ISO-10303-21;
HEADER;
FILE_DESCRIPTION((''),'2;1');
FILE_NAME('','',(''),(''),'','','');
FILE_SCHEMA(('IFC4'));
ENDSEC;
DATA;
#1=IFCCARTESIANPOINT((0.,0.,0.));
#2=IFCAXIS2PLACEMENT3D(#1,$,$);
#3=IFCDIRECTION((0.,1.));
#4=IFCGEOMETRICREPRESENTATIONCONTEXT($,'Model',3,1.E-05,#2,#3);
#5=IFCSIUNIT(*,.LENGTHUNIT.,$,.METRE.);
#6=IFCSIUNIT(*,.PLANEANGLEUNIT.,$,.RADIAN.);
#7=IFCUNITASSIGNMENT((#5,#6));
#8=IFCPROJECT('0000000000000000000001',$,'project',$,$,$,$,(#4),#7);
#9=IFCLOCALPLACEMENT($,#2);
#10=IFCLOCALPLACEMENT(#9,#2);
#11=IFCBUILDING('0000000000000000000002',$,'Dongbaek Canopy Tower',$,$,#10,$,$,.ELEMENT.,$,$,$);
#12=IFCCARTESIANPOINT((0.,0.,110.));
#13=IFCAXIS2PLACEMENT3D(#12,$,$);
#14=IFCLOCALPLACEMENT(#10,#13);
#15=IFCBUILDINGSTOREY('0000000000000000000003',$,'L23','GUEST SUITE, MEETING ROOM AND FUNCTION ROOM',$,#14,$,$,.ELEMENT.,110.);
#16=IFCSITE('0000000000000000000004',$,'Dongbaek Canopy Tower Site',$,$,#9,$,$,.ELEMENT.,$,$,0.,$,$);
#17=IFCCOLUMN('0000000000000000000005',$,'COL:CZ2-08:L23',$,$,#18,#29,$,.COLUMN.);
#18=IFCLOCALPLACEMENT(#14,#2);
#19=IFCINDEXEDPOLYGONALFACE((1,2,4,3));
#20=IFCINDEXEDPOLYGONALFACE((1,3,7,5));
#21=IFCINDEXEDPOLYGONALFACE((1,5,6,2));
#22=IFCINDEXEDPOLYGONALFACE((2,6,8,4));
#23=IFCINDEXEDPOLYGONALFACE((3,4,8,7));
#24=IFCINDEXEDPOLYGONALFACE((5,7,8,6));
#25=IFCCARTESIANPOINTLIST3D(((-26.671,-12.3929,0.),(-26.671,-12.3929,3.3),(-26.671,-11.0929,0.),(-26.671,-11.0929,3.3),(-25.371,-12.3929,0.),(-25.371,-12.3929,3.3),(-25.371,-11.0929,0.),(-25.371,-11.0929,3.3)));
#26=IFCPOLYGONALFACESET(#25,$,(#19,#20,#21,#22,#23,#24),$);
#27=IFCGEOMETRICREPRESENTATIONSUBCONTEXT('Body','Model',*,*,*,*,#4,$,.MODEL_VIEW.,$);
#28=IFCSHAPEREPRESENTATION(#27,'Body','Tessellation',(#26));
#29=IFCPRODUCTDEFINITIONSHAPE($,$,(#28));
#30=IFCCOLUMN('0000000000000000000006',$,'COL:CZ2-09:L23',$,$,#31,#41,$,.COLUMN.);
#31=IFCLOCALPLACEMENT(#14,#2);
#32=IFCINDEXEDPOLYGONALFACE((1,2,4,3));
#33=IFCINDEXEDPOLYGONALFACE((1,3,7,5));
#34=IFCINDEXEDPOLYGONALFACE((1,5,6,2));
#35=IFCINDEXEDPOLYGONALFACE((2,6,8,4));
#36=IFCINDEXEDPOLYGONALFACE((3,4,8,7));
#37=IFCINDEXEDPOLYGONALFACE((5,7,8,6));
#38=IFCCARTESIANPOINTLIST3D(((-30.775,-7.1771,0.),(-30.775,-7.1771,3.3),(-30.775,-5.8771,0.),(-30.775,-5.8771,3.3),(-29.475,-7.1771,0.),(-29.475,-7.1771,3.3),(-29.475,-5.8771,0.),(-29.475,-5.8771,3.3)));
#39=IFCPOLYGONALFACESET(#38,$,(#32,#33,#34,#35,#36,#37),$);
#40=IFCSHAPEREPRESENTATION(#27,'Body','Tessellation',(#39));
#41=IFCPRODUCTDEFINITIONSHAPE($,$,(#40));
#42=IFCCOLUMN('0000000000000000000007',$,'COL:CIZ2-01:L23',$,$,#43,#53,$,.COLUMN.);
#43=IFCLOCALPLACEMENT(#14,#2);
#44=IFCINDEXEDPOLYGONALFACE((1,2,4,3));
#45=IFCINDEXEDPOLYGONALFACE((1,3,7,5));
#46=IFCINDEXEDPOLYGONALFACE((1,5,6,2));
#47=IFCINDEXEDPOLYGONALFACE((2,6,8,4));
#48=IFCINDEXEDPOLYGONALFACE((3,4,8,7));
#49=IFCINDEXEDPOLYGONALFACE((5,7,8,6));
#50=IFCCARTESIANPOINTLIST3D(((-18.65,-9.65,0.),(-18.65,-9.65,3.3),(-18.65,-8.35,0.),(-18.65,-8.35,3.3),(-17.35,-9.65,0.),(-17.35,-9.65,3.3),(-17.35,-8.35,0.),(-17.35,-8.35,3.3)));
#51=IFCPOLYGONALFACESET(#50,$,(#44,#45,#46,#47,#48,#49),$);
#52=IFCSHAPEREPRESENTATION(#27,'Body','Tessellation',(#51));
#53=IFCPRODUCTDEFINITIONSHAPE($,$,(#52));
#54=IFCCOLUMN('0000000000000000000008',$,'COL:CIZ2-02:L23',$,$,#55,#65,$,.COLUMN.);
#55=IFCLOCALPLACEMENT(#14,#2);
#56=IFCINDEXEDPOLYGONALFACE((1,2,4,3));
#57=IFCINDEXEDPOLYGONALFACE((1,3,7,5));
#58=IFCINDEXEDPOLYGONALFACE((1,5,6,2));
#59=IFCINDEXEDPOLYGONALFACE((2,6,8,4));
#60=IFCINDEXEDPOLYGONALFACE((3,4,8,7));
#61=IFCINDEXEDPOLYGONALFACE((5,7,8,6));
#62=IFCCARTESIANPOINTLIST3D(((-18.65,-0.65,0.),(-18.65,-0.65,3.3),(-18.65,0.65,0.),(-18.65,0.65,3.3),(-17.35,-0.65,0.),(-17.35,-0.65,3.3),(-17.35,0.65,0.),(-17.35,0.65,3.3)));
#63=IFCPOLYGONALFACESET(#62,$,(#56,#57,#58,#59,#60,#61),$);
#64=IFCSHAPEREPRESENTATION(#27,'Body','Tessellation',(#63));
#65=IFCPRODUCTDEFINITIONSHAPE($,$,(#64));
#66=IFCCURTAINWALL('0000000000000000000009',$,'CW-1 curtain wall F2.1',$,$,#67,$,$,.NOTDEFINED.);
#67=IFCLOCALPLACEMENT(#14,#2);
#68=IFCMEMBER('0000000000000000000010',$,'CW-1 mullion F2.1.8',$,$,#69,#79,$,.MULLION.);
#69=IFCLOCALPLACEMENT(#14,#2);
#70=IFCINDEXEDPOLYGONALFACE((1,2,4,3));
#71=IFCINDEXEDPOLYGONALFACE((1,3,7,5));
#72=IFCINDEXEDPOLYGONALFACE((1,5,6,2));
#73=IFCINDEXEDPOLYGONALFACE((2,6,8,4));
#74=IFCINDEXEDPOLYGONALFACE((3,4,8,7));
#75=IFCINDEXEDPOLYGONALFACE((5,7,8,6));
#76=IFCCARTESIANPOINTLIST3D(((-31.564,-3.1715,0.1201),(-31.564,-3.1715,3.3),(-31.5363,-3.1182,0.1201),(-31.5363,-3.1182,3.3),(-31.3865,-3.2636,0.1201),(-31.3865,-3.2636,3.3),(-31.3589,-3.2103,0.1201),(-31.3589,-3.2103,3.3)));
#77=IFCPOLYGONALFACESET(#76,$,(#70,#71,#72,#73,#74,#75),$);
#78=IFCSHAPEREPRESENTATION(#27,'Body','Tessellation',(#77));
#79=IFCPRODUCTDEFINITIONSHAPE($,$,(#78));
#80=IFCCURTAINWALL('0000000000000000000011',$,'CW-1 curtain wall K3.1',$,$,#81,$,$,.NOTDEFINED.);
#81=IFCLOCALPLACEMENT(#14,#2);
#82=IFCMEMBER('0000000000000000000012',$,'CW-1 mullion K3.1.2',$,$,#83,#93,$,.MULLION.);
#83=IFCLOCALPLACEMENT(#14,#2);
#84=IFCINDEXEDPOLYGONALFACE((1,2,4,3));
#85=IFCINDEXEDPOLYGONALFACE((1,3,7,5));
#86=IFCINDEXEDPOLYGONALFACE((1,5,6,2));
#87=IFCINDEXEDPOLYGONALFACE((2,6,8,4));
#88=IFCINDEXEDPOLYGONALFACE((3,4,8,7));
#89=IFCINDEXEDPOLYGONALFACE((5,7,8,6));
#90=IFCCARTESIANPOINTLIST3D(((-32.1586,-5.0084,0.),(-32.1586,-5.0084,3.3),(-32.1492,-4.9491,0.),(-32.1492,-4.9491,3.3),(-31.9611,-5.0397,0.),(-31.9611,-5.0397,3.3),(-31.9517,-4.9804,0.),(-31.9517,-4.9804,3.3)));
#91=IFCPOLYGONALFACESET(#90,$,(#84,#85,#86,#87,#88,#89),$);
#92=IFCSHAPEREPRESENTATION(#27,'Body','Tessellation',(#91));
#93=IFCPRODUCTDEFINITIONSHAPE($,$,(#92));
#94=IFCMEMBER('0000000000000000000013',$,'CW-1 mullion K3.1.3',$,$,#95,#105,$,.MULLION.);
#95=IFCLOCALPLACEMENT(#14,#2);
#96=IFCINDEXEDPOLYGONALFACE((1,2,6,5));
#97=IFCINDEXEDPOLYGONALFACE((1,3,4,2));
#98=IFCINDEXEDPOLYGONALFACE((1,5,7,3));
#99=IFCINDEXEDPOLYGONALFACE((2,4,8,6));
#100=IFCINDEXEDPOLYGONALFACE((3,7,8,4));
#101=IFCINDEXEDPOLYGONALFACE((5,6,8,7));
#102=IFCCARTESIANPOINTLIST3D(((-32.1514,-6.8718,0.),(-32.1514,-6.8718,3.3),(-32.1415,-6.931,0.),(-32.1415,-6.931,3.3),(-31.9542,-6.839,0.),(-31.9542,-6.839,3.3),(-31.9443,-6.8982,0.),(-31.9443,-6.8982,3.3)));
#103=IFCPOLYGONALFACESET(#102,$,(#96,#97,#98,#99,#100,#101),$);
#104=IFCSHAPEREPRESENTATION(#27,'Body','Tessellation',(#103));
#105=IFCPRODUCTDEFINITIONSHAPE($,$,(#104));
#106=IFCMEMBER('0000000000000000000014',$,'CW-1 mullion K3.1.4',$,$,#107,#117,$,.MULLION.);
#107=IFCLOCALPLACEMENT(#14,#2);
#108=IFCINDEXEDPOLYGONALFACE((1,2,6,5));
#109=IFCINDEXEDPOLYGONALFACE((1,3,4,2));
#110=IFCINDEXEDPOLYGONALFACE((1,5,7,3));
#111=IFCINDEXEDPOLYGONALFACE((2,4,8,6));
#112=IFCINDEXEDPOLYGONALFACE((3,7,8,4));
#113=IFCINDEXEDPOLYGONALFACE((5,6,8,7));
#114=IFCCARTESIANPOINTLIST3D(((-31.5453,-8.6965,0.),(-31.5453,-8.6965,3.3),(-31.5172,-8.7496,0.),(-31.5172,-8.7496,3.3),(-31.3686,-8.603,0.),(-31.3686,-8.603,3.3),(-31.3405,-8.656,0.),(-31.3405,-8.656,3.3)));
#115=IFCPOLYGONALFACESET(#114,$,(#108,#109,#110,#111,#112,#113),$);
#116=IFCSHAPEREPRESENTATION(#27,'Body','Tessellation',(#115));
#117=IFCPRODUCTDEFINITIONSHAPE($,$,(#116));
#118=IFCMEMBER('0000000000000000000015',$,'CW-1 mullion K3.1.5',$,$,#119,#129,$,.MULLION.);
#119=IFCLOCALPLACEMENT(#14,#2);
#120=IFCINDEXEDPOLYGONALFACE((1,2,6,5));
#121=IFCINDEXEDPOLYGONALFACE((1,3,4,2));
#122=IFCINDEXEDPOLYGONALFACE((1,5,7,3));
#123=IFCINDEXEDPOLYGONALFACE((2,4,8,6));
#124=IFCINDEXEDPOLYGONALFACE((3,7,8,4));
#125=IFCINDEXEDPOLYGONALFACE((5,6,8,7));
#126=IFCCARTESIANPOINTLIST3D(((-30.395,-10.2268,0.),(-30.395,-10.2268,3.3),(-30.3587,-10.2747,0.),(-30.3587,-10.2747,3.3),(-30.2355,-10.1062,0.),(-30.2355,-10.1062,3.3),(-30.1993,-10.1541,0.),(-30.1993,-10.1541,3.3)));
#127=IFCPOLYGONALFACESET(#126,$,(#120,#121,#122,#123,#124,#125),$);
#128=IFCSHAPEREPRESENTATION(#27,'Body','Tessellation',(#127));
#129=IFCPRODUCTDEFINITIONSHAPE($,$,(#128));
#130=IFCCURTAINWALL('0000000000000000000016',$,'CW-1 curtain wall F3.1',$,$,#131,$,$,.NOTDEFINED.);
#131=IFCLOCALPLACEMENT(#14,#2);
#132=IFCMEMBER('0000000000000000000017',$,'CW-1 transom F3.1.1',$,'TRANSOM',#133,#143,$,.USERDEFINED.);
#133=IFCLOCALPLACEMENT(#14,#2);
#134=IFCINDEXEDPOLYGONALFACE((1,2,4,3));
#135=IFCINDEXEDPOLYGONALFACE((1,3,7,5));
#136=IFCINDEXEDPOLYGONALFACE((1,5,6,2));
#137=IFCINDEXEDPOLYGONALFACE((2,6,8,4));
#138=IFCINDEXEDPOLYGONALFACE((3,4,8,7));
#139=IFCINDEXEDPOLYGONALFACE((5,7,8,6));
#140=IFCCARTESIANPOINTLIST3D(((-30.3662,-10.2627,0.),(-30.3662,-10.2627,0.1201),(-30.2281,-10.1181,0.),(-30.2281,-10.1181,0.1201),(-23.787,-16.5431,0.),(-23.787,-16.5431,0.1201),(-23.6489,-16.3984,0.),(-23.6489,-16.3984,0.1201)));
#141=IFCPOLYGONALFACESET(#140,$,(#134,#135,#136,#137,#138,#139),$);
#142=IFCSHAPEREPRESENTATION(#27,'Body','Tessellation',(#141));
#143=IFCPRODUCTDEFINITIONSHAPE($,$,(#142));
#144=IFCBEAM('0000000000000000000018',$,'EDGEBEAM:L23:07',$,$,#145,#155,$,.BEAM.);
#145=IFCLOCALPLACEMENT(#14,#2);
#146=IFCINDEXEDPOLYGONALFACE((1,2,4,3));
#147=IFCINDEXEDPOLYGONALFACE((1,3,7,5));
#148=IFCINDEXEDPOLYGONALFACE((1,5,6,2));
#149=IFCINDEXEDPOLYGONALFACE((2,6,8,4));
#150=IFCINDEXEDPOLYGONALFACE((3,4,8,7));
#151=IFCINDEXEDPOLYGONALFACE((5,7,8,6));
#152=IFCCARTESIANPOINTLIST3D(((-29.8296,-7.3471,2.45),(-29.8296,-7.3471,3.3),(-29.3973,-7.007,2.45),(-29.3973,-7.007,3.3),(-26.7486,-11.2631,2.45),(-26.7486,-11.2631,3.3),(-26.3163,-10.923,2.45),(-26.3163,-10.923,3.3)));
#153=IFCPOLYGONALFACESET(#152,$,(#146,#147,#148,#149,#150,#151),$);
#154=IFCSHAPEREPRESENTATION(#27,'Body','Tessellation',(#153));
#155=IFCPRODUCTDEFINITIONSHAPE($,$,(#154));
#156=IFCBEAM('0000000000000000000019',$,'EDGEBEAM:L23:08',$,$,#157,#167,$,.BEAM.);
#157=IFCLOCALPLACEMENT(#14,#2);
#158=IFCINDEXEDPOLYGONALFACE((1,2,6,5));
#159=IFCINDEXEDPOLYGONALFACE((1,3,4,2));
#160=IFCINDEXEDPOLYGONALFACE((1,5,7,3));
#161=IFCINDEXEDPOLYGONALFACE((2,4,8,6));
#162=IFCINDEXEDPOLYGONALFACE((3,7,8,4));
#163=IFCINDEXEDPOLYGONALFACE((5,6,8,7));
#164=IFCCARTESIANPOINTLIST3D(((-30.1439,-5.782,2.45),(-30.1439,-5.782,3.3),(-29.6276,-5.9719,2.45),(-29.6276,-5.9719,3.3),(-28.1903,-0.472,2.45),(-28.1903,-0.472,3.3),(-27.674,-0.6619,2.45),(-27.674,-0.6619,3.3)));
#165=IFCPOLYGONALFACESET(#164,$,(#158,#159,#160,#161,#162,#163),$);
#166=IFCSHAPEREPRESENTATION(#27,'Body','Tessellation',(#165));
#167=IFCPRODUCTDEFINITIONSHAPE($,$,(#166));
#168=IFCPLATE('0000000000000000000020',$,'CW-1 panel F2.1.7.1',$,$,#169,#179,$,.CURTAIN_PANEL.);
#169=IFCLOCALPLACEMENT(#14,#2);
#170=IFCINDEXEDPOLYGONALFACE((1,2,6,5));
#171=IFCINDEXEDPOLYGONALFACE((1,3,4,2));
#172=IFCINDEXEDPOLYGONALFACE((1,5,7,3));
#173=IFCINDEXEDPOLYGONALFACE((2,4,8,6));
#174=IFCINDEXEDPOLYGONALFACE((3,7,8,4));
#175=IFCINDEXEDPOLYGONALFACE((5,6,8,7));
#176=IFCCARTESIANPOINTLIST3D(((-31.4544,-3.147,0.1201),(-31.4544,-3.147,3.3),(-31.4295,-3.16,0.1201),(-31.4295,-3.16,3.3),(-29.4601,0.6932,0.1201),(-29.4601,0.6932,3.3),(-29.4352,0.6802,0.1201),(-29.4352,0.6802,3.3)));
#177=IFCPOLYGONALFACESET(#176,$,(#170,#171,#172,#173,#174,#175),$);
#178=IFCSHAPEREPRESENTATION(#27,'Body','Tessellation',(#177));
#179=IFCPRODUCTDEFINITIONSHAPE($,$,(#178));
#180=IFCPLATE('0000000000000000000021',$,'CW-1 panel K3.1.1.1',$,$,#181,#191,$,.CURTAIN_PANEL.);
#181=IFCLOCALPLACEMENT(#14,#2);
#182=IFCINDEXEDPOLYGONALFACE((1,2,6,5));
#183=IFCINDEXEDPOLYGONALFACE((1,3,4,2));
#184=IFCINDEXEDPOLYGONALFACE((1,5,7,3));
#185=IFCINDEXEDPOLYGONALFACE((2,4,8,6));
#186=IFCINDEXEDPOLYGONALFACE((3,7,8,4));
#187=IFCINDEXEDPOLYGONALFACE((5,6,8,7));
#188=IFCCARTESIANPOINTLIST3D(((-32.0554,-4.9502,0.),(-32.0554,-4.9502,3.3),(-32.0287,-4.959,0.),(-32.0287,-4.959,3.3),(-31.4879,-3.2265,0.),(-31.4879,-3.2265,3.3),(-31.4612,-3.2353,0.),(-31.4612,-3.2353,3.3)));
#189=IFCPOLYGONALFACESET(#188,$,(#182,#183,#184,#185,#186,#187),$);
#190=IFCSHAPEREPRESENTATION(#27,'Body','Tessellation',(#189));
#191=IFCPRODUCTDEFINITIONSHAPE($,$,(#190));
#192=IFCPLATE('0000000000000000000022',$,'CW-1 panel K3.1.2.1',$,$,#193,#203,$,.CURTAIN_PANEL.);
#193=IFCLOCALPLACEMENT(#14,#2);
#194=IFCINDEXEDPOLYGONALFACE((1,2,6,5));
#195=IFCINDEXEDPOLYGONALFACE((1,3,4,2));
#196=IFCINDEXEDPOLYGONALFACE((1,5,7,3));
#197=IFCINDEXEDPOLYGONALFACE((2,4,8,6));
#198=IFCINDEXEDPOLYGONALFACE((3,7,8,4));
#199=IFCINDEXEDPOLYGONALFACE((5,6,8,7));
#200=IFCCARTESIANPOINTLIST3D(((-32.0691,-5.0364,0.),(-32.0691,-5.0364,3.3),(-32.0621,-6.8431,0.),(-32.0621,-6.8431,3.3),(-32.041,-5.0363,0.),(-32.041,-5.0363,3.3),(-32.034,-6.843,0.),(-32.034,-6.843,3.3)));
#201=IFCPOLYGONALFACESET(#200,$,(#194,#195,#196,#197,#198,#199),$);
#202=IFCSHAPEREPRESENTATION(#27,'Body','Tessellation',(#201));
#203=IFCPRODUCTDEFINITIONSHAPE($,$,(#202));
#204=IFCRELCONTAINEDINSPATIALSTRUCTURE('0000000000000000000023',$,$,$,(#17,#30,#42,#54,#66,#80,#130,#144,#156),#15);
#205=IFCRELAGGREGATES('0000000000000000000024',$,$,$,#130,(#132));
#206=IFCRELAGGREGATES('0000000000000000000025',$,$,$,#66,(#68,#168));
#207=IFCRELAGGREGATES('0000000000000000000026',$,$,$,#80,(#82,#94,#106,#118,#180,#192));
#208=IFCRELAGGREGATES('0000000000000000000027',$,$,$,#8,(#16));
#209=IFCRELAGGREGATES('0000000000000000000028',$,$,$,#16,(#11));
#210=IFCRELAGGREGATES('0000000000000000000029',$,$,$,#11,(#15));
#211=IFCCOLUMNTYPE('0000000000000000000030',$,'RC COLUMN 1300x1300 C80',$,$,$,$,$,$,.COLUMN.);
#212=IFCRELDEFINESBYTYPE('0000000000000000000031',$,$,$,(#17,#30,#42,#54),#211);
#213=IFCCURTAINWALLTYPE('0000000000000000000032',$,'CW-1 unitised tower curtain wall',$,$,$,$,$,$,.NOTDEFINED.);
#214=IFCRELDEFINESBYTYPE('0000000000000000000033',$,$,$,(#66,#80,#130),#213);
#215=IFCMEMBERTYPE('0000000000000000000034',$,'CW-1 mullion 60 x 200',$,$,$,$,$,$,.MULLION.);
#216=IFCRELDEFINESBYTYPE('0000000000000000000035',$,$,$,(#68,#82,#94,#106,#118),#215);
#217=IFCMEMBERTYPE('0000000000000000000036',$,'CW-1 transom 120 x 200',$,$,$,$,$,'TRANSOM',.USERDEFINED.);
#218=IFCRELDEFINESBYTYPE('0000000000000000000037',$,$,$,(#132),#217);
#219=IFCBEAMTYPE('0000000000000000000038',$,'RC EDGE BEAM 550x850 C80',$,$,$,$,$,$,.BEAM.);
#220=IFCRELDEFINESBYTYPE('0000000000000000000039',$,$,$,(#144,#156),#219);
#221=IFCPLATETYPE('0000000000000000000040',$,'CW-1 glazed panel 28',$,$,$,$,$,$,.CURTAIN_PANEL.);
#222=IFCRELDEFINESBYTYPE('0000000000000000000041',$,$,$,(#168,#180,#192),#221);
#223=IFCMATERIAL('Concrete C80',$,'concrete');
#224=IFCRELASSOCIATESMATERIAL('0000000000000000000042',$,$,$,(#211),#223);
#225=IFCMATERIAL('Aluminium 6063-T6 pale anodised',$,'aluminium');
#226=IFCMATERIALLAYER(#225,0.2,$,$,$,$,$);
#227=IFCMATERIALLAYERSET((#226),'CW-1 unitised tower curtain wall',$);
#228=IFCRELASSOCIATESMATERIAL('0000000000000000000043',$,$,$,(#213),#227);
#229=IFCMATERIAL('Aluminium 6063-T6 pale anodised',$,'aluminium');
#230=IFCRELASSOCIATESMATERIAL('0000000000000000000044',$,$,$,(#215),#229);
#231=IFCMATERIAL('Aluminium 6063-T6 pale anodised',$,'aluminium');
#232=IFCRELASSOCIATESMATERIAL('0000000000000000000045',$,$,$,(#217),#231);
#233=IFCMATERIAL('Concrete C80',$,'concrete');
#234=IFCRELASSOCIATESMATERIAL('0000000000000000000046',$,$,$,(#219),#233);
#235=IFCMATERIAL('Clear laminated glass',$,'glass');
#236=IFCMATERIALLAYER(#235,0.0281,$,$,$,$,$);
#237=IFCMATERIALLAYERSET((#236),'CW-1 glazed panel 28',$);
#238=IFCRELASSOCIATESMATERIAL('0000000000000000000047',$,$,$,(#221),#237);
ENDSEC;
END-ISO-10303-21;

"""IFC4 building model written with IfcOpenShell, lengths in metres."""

from ifc_helpers import new_model, si_unit, direction, frame, origin, origin_2d, place, context, subcontext, project, spatial, rectangle, extrude, material, layer, layer_set, material_profile, profile_set, type_object, element, aggregate, save


model = new_model("IFC4")

# Units and contexts
model_context = context("Model", 3, precision=1e-05, world=origin(), true_north=direction((0.0, 1.0)))
body_context = subcontext(model_context, "Body", "Model", "MODEL_VIEW")
ifc_project = project(units=[si_unit("LENGTHUNIT", "METRE"), si_unit("PLANEANGLEUNIT", "RADIAN")], contexts=[model_context])

# Site, building, storey
site_placement = place(None, origin())
site = spatial("IfcSite", under=ifc_project, at=site_placement, Name="Dongbaek Canopy Tower Site", CompositionType="ELEMENT", RefElevation=0.0)
building_placement = place(site_placement, origin())
building = spatial("IfcBuilding", under=site, at=building_placement, Name="Dongbaek Canopy Tower", CompositionType="ELEMENT")
storey_placement = place(building_placement, frame((0.0, 0.0, 110.0)))
storey = spatial("IfcBuildingStorey", under=building, at=storey_placement, Name="L23", Description="GUEST SUITE, MEETING ROOM AND FUNCTION ROOM", CompositionType="ELEMENT", Elevation=110.0)

# Columns
ifc_material_1 = material(Name="Concrete C80", Category="concrete")
ifc_material_profile_1 = material_profile(ifc_material_1, rectangle(XDim=1.3, YDim=1.3, at=origin_2d()), Name="RC COLUMN 1300x1300 C80")
ifc_profile_set_1 = profile_set([ifc_material_profile_1], Name="Concrete C80")
column_type = type_object("IfcColumnType", Name="RC COLUMN 1300x1300 C80", PredefinedType="COLUMN", material=ifc_profile_set_1)
for number, where, z_axis, x_axis, name in (
    (1, (-26.021, -11.7429, 0.0), (0.0, 0.0, 1.0), (1.0, 0.0, 0.0), "COL:CZ2-08:L23"),
    (2, (-30.125, -6.5271, 0.0), (0.0, 0.0, 1.0), (1.0, 0.0, 0.0), "COL:CZ2-09:L23"),
    (3, (-18.0, -9.0, 0.0), (0.0, 0.0, 1.0), (1.0, 0.0, 0.0), "COL:CIZ2-01:L23"),
    (4, (-18.0, 0.0, 0.0), (0.0, 0.0, 1.0), (1.0, 0.0, 0.0), "COL:CIZ2-02:L23"),
):
    element("IfcColumn", number, at=place(storey_placement, frame(where, z_axis=z_axis, x_axis=x_axis)), inside=storey, type_object=column_type, Name=name, PredefinedType="COLUMN", context=body_context, shape_type="SweptSolid", body=[
        extrude(rectangle(XDim=1.3, YDim=1.3, at=origin_2d()), origin(), (0.0, 0.0, 1.0), 3.3),
    ])

# Curtain wall, member
ifc_material_2 = material(Name="Aluminium 6063-T6 pale anodised", Category="aluminium")
ifc_layer_1 = layer(ifc_material_2, 0.2)
ifc_layer_set_1 = layer_set([ifc_layer_1], Name="CW-1 unitised tower curtain wall")
curtain_wall_type = type_object("IfcCurtainWallType", Name="CW-1 unitised tower curtain wall", PredefinedType="NOTDEFINED", material=ifc_layer_set_1)
curtain_wall_1_placement = place(storey_placement, origin())
curtain_wall_1 = element("IfcCurtainWall", 5, at=curtain_wall_1_placement, inside=storey, type_object=curtain_wall_type, Name="CW-1 curtain wall F2.1", PredefinedType="NOTDEFINED")
ifc_material_3 = material(Name="Aluminium 6063-T6 pale anodised", Category="aluminium")
ifc_material_profile_2 = material_profile(ifc_material_3, rectangle(XDim=0.2, YDim=0.0601, at=origin_2d()), Name="CW-1 mullion 60 x 200")
ifc_profile_set_2 = profile_set([ifc_material_profile_2], Name="Aluminium 6063-T6 pale anodised")
member_type_1 = type_object("IfcMemberType", Name="CW-1 mullion 60 x 200", PredefinedType="MULLION", material=ifc_profile_set_2)
member_1_placement = place(storey_placement, frame((-31.4614, -3.1909, 0.1201), z_axis=(0.0, 0.0, 1.0), x_axis=(-0.887463, 0.46088, 0.0)))
member_1 = element("IfcMember", 6, at=member_1_placement, type_object=member_type_1, Name="CW-1 mullion F2.1.8", PredefinedType="MULLION", context=body_context, shape_type="SweptSolid", body=[
    extrude(rectangle(XDim=0.2, YDim=0.0601, at=origin_2d()), origin(), (0.0, 0.0, 1.0), 3.1799),
])

# Curtain wall, members
curtain_wall_2_placement = place(storey_placement, origin())
curtain_wall_2 = element("IfcCurtainWall", 7, at=curtain_wall_2_placement, inside=storey, type_object=curtain_wall_type, Name="CW-1 curtain wall K3.1", PredefinedType="NOTDEFINED")
member_2_placement = place(storey_placement, frame((-32.0552, -4.9944, 0.0), z_axis=(0.0, 0.0, 1.0), x_axis=(-0.987688, 0.156434, 0.0)))
member_2 = element("IfcMember", 8, at=member_2_placement, type_object=member_type_1, Name="CW-1 mullion K3.1.2", PredefinedType="MULLION", context=body_context, shape_type="SweptSolid", body=[
    extrude(rectangle(XDim=0.2, YDim=0.0601, at=origin_2d()), origin(), (0.0, 0.0, 1.0), 3.3),
])
member_3_placement = place(storey_placement, frame((-32.0479, -6.885, 0.0), z_axis=(0.0, 0.0, 1.0), x_axis=(-0.986447, -0.164082, 0.0)))
member_3 = element("IfcMember", 9, at=member_3_placement, type_object=member_type_1, Name="CW-1 mullion K3.1.3", PredefinedType="MULLION", context=body_context, shape_type="SweptSolid", body=[
    extrude(rectangle(XDim=0.2, YDim=0.0601, at=origin_2d()), origin(), (0.0, 0.0, 1.0), 3.3),
])
member_4_placement = place(storey_placement, frame((-31.4429, -8.6763, 0.0), z_axis=(0.0, 0.0, 1.0), x_axis=(-0.883865, -0.467742, 0.0)))
member_4 = element("IfcMember", 10, at=member_4_placement, type_object=member_type_1, Name="CW-1 mullion K3.1.4", PredefinedType="MULLION", context=body_context, shape_type="SweptSolid", body=[
    extrude(rectangle(XDim=0.2, YDim=0.0601, at=origin_2d()), origin(), (0.0, 0.0, 1.0), 3.3),
])
member_5_placement = place(storey_placement, frame((-30.2971, -10.1904, 0.0), z_axis=(0.0, 0.0, 1.0), x_axis=(-0.797481, -0.603344, 0.0)))
member_5 = element("IfcMember", 11, at=member_5_placement, type_object=member_type_1, Name="CW-1 mullion K3.1.5", PredefinedType="MULLION", context=body_context, shape_type="SweptSolid", body=[
    extrude(rectangle(XDim=0.2, YDim=0.0601, at=origin_2d()), origin(), (0.0, 0.0, 1.0), 3.3),
])

# Curtain wall, member
curtain_wall_3_placement = place(storey_placement, origin())
curtain_wall_3 = element("IfcCurtainWall", 12, at=curtain_wall_3_placement, inside=storey, type_object=curtain_wall_type, Name="CW-1 curtain wall F3.1", PredefinedType="NOTDEFINED")
ifc_material_4 = material(Name="Aluminium 6063-T6 pale anodised", Category="aluminium")
ifc_material_profile_3 = material_profile(ifc_material_4, rectangle(XDim=0.2, YDim=0.1201, at=origin_2d()), Name="CW-1 transom 120 x 200")
ifc_profile_set_3 = profile_set([ifc_material_profile_3], Name="Aluminium 6063-T6 pale anodised")
member_type_2 = type_object("IfcMemberType", Name="CW-1 transom 120 x 200", ElementType="TRANSOM", PredefinedType="USERDEFINED", material=ifc_profile_set_3)
member_6_placement = place(storey_placement, frame((-30.2971, -10.1904, 0.0601), z_axis=(0.723343, -0.690489, 0.0), x_axis=(0.690489, 0.723343, 0.0)))
member_6 = element("IfcMember", 13, at=member_6_placement, type_object=member_type_2, Name="CW-1 transom F3.1.1", ObjectType="TRANSOM", PredefinedType="USERDEFINED", context=body_context, shape_type="SweptSolid", body=[
    extrude(rectangle(XDim=0.2, YDim=0.1201, at=origin_2d()), origin(), (0.0, 0.0, 1.0), 9.0955),
])
aggregate(curtain_wall_3, [member_6])

# Beams
ifc_material_5 = material(Name="Concrete C80", Category="concrete")
ifc_material_profile_4 = material_profile(ifc_material_5, rectangle(XDim=0.55, YDim=0.8501, at=origin_2d()), Name="RC EDGE BEAM 550x850 C80")
ifc_profile_set_4 = profile_set([ifc_material_profile_4], Name="Concrete C80")
beam_type = type_object("IfcBeamType", Name="RC EDGE BEAM 550x850 C80", PredefinedType="BEAM", material=ifc_profile_set_4)
beam_1_placement = place(storey_placement, frame((-26.5325, -11.093, 2.875), z_axis=(-0.618341, 0.78591, 0.0), x_axis=(-0.78591, -0.618341, 0.0)))
element("IfcBeam", 14, at=beam_1_placement, inside=storey, type_object=beam_type, Name="EDGEBEAM:L23:07", PredefinedType="BEAM", context=body_context, shape_type="SweptSolid", body=[
    extrude(rectangle(XDim=0.55, YDim=0.8501, at=origin_2d()), origin(), (0.0, 0.0, 1.0), 4.9827),
])
beam_2_placement = place(storey_placement, frame((-29.8857, -5.877, 2.875), z_axis=(0.345281, 0.938499, 0.0), x_axis=(-0.938499, 0.345281, 0.0)))
element("IfcBeam", 15, at=beam_2_placement, inside=storey, type_object=beam_type, Name="EDGEBEAM:L23:08", PredefinedType="BEAM", context=body_context, shape_type="SweptSolid", body=[
    extrude(rectangle(XDim=0.55, YDim=0.8501, at=origin_2d()), origin(), (0.0, 0.0, 1.0), 5.658),
])

# Plates
ifc_material_6 = material(Name="Clear laminated glass", Category="glass")
ifc_layer_2 = layer(ifc_material_6, 0.0281)
ifc_layer_set_2 = layer_set([ifc_layer_2], Name="CW-1 glazed panel 28")
plate_type = type_object("IfcPlateType", Name="CW-1 glazed panel 28", PredefinedType="CURTAIN_PANEL", material=ifc_layer_set_2)
plate_1_placement = place(storey_placement, frame((-30.4448, -1.2334, 0.1201), z_axis=(0.0, 0.0, 1.0), x_axis=(-0.46088, -0.887463, 0.0)))
plate_1 = element("IfcPlate", 16, at=plate_1_placement, type_object=plate_type, Name="CW-1 panel F2.1.7.1", PredefinedType="CURTAIN_PANEL", context=body_context, shape_type="SweptSolid", body=[
    extrude(rectangle(XDim=4.3271, YDim=0.0281, at=origin_2d()), origin(), (0.0, 0.0, 1.0), 3.1799),
])
plate_2_placement = place(storey_placement, frame((-31.7583, -4.0928, 0.0), z_axis=(0.0, 0.0, 1.0), x_axis=(-0.312699, -0.949852, 0.0)))
plate_2 = element("IfcPlate", 17, at=plate_2_placement, type_object=plate_type, Name="CW-1 panel K3.1.1.1", PredefinedType="CURTAIN_PANEL", context=body_context, shape_type="SweptSolid", body=[
    extrude(rectangle(XDim=1.8147, YDim=0.0281, at=origin_2d()), origin(), (0.0, 0.0, 1.0), 3.3),
])
plate_3_placement = place(storey_placement, frame((-32.0515, -5.9397, 0.0), z_axis=(0.0, 0.0, 1.0), x_axis=(0.003874, -0.999992, 0.0)))
plate_3 = element("IfcPlate", 18, at=plate_3_placement, type_object=plate_type, Name="CW-1 panel K3.1.2.1", PredefinedType="CURTAIN_PANEL", context=body_context, shape_type="SweptSolid", body=[
    extrude(rectangle(XDim=1.8066, YDim=0.0281, at=origin_2d()), origin(), (0.0, 0.0, 1.0), 3.3),
])

aggregate(curtain_wall_1, [member_1, plate_1])
aggregate(curtain_wall_2, [member_2, member_3, member_4, member_5, plate_2, plate_3])

save(model, "model.ifc")
